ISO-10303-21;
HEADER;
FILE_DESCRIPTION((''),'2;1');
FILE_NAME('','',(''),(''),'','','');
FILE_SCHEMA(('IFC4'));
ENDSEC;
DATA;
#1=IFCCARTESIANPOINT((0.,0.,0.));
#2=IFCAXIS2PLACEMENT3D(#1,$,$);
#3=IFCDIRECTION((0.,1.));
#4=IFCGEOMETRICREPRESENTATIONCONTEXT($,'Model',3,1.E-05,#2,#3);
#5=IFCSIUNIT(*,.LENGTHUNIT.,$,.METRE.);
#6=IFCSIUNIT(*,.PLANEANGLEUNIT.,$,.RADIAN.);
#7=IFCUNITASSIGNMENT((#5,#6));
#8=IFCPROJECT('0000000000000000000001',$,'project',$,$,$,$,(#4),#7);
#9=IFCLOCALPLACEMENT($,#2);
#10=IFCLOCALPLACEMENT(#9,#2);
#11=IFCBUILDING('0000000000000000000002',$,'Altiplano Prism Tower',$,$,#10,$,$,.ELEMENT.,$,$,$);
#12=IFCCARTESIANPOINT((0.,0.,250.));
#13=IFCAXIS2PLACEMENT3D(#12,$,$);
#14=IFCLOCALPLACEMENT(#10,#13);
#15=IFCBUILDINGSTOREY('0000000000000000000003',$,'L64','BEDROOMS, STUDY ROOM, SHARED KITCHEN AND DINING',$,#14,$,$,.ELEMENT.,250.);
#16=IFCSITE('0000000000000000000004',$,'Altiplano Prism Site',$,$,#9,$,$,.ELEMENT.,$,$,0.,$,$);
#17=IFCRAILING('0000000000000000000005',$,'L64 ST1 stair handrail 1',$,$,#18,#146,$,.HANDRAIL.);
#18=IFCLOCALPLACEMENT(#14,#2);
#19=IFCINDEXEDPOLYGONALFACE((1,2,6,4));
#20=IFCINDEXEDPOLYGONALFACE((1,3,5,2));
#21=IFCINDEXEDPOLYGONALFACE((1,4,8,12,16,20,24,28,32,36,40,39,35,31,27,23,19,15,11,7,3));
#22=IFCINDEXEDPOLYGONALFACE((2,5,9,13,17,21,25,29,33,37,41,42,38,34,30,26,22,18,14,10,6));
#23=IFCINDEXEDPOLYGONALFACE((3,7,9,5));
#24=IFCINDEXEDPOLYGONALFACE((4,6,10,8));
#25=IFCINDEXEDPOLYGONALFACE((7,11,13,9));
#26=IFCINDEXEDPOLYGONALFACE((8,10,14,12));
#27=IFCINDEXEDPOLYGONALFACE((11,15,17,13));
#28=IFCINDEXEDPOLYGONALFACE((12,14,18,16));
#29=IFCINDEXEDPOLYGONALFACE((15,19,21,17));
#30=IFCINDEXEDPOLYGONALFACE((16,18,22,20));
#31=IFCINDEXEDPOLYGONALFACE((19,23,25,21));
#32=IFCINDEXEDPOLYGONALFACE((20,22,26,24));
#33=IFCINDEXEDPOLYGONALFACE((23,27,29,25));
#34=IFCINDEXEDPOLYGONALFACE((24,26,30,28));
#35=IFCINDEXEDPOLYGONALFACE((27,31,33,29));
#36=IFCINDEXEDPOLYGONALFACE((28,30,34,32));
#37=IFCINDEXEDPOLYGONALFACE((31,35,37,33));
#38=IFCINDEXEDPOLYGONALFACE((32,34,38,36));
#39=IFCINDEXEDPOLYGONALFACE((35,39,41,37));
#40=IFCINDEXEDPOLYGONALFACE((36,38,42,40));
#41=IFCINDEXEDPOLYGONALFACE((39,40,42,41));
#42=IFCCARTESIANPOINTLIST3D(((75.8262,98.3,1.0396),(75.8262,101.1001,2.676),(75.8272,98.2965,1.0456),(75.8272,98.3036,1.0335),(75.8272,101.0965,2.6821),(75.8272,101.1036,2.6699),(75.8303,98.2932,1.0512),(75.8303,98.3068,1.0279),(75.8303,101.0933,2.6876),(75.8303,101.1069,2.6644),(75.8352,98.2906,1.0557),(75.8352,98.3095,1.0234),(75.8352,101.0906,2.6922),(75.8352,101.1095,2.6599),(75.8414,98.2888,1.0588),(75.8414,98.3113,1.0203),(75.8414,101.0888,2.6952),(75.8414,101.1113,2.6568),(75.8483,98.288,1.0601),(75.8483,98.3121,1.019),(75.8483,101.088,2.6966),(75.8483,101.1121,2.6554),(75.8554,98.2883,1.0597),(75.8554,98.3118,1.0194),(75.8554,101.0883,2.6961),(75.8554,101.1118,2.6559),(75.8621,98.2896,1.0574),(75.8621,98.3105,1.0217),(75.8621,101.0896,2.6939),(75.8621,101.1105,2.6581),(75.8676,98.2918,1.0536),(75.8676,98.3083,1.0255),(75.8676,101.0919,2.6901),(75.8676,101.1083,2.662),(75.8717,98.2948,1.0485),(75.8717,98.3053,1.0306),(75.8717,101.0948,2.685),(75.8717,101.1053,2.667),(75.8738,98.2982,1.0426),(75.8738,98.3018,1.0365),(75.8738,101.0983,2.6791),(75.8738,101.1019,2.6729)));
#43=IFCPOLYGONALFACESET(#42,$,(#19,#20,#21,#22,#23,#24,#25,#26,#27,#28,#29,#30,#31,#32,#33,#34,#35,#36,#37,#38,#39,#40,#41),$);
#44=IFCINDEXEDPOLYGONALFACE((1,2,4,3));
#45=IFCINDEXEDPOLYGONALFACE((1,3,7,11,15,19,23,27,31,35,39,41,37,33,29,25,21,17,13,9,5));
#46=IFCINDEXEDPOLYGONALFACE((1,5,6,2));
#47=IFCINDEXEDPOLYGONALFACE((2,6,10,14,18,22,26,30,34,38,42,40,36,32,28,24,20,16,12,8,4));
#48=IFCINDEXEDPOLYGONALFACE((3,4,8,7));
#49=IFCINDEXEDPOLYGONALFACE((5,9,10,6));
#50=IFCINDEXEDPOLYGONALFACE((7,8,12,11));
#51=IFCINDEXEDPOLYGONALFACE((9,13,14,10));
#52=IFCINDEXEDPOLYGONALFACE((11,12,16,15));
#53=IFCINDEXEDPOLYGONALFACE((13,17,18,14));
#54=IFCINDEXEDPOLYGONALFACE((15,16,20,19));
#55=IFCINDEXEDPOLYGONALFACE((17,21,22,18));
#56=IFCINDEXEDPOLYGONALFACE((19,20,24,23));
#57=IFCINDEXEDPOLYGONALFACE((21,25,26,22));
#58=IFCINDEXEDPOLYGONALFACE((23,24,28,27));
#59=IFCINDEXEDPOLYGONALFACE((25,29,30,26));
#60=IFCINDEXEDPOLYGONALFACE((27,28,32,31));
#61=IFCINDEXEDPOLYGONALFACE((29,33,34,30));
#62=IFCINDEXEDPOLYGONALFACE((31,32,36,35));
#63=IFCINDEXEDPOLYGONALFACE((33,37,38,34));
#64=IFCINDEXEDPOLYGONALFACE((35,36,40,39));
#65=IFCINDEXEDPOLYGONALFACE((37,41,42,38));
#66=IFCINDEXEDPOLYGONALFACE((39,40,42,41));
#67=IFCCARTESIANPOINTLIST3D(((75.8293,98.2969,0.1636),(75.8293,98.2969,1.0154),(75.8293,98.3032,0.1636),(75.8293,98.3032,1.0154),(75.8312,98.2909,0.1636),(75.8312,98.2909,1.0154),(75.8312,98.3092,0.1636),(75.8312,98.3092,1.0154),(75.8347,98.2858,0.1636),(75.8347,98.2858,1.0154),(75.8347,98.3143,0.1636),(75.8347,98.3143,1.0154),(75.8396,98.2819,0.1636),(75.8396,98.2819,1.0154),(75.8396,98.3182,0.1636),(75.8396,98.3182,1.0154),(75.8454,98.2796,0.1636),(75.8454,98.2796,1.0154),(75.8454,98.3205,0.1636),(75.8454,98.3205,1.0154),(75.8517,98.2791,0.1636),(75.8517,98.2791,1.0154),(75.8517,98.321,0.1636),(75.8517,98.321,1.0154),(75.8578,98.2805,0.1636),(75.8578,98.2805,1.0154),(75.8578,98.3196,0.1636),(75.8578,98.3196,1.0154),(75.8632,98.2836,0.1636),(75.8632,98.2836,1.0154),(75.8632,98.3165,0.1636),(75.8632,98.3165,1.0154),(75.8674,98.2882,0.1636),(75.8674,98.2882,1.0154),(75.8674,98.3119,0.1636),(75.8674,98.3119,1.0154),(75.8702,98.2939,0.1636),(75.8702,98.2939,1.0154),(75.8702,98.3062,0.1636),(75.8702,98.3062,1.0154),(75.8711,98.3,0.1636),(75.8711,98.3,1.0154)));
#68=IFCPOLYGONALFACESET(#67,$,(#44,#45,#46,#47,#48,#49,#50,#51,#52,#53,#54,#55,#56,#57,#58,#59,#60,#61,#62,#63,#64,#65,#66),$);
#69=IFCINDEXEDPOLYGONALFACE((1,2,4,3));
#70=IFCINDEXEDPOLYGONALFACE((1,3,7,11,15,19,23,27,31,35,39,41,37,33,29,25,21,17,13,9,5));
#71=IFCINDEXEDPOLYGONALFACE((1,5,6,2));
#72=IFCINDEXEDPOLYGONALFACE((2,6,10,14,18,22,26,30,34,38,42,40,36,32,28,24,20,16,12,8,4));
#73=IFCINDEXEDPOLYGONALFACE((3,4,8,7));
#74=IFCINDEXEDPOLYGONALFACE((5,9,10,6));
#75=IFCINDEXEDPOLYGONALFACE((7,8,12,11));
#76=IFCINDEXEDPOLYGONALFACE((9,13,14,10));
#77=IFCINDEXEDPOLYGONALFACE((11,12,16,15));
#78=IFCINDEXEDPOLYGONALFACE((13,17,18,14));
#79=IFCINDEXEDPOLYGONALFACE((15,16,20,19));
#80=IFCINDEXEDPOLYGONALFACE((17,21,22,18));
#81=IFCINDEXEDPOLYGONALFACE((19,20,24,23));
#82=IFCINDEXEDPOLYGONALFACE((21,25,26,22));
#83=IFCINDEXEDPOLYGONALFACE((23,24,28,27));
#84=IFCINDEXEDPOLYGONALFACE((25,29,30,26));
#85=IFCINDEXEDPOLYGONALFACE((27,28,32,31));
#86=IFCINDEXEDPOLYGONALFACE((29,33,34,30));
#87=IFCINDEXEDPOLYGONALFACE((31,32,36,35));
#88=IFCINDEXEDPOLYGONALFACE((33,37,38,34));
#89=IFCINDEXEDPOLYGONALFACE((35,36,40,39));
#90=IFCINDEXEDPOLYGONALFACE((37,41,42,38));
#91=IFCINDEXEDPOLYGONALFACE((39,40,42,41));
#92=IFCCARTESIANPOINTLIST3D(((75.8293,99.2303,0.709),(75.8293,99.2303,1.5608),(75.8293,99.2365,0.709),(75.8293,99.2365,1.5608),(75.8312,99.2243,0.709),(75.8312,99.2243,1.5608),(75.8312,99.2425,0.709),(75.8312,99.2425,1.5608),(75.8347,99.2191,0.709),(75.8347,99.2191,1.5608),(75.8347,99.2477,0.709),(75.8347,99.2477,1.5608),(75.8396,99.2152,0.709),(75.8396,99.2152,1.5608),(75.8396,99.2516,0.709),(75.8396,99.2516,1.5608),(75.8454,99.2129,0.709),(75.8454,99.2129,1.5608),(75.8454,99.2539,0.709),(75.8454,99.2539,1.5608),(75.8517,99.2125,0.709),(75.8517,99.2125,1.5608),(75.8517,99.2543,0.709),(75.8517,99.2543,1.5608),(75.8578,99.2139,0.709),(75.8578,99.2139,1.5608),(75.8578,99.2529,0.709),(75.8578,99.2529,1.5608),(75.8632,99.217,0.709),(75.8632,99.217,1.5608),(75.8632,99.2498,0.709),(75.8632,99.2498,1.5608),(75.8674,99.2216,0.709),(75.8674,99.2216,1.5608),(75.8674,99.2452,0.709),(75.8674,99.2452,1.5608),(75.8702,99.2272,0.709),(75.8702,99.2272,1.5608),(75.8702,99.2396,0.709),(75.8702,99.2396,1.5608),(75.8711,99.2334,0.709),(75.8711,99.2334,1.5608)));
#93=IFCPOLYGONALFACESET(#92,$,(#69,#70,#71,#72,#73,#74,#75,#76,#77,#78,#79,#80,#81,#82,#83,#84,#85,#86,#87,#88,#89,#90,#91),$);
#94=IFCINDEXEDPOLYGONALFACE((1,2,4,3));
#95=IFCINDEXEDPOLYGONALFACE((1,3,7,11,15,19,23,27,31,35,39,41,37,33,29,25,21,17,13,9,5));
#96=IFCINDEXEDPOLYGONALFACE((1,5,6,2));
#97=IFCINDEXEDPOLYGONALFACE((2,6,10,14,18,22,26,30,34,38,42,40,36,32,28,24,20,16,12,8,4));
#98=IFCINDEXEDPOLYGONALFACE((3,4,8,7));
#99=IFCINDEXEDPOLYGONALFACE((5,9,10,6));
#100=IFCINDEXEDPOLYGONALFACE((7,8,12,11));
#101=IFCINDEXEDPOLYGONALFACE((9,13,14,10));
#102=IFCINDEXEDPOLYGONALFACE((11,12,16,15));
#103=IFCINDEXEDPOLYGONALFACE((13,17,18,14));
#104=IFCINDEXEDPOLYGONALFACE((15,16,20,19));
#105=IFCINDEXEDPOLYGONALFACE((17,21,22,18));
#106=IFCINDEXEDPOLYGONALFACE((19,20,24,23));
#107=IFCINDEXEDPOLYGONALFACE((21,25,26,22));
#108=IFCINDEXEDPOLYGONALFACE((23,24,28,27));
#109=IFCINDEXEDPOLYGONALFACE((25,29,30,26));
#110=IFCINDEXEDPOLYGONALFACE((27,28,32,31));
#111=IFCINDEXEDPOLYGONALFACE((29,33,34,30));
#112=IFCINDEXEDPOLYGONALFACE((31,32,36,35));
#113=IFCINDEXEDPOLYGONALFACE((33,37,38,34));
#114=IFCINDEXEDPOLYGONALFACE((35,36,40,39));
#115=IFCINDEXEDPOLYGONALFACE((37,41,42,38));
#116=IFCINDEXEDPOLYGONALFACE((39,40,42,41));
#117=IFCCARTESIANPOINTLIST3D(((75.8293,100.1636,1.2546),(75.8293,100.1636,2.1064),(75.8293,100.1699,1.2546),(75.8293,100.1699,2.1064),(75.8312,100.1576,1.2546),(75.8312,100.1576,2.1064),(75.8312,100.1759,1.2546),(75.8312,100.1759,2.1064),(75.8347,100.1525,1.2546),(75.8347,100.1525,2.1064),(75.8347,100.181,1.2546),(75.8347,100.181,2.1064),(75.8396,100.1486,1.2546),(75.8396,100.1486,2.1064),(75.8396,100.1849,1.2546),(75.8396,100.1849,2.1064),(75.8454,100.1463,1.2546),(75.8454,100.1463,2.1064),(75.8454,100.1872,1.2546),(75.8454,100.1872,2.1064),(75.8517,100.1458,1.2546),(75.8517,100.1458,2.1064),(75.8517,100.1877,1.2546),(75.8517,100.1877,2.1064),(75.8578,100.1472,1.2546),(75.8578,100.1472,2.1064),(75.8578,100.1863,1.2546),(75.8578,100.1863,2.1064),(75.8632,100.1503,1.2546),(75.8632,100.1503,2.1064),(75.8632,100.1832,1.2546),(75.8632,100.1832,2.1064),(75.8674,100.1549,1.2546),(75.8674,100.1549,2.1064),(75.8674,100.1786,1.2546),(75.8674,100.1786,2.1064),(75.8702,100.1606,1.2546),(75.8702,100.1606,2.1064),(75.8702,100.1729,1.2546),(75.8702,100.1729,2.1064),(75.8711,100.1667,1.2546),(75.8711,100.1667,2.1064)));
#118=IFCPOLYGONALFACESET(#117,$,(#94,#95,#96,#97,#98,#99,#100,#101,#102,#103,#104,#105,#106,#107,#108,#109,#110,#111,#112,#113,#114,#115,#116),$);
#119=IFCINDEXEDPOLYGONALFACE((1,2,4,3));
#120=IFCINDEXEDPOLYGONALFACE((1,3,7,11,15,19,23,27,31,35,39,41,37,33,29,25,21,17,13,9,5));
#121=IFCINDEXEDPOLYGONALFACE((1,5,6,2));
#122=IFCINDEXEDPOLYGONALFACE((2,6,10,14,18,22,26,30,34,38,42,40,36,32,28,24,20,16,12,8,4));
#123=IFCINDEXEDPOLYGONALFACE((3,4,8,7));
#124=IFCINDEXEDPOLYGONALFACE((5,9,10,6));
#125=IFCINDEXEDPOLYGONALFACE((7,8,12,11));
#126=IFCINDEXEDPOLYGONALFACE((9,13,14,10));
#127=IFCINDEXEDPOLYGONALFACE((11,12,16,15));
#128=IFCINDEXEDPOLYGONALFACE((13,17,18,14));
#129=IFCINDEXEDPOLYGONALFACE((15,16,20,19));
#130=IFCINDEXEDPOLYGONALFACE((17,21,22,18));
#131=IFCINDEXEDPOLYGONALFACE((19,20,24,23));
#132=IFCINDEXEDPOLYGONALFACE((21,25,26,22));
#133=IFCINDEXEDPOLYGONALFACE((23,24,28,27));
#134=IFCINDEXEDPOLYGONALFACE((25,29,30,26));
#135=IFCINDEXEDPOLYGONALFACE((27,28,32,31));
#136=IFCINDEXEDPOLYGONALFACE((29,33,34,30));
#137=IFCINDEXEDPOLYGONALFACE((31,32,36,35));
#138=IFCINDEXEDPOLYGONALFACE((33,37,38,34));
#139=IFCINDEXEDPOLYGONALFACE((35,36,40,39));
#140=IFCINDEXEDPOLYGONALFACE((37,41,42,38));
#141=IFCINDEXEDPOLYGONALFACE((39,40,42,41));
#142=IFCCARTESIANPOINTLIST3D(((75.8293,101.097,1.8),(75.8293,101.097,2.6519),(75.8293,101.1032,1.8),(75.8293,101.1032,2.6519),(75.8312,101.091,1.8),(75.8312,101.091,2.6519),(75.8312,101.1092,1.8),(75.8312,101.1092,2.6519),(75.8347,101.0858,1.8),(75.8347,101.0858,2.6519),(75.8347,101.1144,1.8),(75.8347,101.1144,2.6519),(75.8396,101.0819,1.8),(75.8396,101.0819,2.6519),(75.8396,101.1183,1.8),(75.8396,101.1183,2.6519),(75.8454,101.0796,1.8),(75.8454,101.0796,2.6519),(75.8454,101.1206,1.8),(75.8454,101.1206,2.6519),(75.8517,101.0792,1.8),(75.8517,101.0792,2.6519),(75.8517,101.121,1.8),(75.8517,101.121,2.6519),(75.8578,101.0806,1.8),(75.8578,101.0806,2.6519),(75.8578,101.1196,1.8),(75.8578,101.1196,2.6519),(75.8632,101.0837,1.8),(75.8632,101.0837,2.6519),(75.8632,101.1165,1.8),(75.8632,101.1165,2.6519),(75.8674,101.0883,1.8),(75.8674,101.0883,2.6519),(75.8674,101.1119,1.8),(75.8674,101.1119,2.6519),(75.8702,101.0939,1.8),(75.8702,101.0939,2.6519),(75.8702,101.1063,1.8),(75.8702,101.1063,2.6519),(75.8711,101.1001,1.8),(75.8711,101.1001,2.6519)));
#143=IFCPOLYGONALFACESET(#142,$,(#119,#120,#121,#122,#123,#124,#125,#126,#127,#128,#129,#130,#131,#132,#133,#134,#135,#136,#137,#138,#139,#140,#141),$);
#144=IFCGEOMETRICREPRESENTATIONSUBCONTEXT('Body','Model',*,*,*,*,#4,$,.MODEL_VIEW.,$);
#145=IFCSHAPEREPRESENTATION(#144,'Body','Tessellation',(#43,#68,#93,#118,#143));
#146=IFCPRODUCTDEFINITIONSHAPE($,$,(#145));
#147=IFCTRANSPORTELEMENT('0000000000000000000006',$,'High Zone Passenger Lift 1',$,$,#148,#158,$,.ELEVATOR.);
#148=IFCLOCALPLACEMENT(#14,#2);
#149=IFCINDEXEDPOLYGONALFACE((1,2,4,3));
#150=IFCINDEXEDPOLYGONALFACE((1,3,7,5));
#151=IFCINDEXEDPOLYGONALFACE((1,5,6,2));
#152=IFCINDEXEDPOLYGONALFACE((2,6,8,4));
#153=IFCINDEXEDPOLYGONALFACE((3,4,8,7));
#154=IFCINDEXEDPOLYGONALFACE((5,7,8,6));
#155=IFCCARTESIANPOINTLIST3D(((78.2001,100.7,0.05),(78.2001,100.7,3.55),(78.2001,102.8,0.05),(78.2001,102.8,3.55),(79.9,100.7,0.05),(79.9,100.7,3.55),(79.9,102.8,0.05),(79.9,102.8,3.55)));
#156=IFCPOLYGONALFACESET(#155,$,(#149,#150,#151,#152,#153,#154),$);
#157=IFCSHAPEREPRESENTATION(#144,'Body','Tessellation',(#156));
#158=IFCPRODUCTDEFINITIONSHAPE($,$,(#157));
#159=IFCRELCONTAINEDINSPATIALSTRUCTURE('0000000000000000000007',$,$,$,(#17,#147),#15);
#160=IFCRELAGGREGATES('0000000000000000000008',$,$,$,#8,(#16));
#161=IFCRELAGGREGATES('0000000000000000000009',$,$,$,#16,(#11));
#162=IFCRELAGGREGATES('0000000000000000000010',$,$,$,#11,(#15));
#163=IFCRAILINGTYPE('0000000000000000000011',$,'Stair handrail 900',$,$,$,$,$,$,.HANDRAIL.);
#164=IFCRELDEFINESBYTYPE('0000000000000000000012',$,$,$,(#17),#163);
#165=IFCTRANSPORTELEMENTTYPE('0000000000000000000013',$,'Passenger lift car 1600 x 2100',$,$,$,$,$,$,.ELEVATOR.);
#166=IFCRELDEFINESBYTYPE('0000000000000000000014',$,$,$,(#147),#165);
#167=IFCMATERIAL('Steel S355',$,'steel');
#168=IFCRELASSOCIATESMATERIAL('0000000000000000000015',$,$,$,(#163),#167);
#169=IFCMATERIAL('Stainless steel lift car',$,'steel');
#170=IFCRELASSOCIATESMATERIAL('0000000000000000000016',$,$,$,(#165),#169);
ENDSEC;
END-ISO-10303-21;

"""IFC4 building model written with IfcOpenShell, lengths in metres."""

from ifc_helpers import new_model, si_unit, direction, frame, origin, origin_2d, place, context, subcontext, project, spatial, rectangle, circle, extrude, material, type_object, element, save


model = new_model("IFC4")

# Units and contexts
model_context = context("Model", 3, precision=1e-05, world=origin(), true_north=direction((0.0, 1.0)))
body_context = subcontext(model_context, "Body", "Model", "MODEL_VIEW")
ifc_project = project(units=[si_unit("LENGTHUNIT", "METRE"), si_unit("PLANEANGLEUNIT", "RADIAN")], contexts=[model_context])

# Site, building, storey
site_placement = place(None, origin())
site = spatial("IfcSite", under=ifc_project, at=site_placement, Name="Altiplano Prism Site", CompositionType="ELEMENT", RefElevation=0.0)
building_placement = place(site_placement, origin())
building = spatial("IfcBuilding", under=site, at=building_placement, Name="Altiplano Prism Tower", CompositionType="ELEMENT")
storey_placement = place(building_placement, frame((0.0, 0.0, 250.0)))
storey = spatial("IfcBuildingStorey", under=building, at=storey_placement, Name="L64", Description="BEDROOMS, STUDY ROOM, SHARED KITCHEN AND DINING", CompositionType="ELEMENT", Elevation=250.0)

# Railing
ifc_material_1 = material(Name="Steel S355", Category="steel")
railing_type_1 = type_object("IfcRailingType", Name="Stair handrail 900", PredefinedType="HANDRAIL", material=ifc_material_1)
railing_1_placement = place(storey_placement, frame((75.8501, 98.3, 0.1636)))
element("IfcRailing", 1, at=railing_1_placement, inside=storey, type_object=railing_type_1, Name="L64 ST1 stair handrail 1", PredefinedType="HANDRAIL", context=body_context, shape_type="SweptSolid", body=[
    extrude(circle(Radius=0.0239, at=origin_2d()), frame((0.0, 0.0, 0.876), z_axis=(0.0, 0.863361, 0.504587), x_axis=(-1.0, 0.0, 0.0)), (0.0, 0.0, 1.0), 3.2432),
    extrude(circle(Radius=0.021, at=origin_2d()), origin(), (0.0, 0.0, 1.0), 0.8518),
    extrude(circle(Radius=0.021, at=origin_2d()), frame((0.0, 0.9333, 0.5454)), (0.0, 0.0, 1.0), 0.8518),
    extrude(circle(Radius=0.021, at=origin_2d()), frame((0.0, 1.8667, 1.0911)), (0.0, 0.0, 1.0), 0.8518),
    extrude(circle(Radius=0.021, at=origin_2d()), frame((0.0, 2.8, 1.6365)), (0.0, 0.0, 1.0), 0.8518),
])

# Transport element
ifc_material_2 = material(Name="Stainless steel lift car", Category="steel")
transport_element_type = type_object("IfcTransportElementType", Name="Passenger lift car 1600 x 2100", PredefinedType="ELEVATOR", material=ifc_material_2)
transport_element_placement = place(storey_placement, frame((79.05, 101.75, 0.05), z_axis=(0.0, 0.0, 1.0), x_axis=(1.0, 0.0, 0.0)))
element("IfcTransportElement", 2, at=transport_element_placement, inside=storey, type_object=transport_element_type, Name="High Zone Passenger Lift 1", PredefinedType="ELEVATOR", context=body_context, shape_type="SweptSolid", body=[
    extrude(rectangle(XDim=1.7, YDim=2.1001, at=origin_2d()), origin(), (0.0, 0.0, 1.0), 3.5),
])

save(model, "model.ifc")
